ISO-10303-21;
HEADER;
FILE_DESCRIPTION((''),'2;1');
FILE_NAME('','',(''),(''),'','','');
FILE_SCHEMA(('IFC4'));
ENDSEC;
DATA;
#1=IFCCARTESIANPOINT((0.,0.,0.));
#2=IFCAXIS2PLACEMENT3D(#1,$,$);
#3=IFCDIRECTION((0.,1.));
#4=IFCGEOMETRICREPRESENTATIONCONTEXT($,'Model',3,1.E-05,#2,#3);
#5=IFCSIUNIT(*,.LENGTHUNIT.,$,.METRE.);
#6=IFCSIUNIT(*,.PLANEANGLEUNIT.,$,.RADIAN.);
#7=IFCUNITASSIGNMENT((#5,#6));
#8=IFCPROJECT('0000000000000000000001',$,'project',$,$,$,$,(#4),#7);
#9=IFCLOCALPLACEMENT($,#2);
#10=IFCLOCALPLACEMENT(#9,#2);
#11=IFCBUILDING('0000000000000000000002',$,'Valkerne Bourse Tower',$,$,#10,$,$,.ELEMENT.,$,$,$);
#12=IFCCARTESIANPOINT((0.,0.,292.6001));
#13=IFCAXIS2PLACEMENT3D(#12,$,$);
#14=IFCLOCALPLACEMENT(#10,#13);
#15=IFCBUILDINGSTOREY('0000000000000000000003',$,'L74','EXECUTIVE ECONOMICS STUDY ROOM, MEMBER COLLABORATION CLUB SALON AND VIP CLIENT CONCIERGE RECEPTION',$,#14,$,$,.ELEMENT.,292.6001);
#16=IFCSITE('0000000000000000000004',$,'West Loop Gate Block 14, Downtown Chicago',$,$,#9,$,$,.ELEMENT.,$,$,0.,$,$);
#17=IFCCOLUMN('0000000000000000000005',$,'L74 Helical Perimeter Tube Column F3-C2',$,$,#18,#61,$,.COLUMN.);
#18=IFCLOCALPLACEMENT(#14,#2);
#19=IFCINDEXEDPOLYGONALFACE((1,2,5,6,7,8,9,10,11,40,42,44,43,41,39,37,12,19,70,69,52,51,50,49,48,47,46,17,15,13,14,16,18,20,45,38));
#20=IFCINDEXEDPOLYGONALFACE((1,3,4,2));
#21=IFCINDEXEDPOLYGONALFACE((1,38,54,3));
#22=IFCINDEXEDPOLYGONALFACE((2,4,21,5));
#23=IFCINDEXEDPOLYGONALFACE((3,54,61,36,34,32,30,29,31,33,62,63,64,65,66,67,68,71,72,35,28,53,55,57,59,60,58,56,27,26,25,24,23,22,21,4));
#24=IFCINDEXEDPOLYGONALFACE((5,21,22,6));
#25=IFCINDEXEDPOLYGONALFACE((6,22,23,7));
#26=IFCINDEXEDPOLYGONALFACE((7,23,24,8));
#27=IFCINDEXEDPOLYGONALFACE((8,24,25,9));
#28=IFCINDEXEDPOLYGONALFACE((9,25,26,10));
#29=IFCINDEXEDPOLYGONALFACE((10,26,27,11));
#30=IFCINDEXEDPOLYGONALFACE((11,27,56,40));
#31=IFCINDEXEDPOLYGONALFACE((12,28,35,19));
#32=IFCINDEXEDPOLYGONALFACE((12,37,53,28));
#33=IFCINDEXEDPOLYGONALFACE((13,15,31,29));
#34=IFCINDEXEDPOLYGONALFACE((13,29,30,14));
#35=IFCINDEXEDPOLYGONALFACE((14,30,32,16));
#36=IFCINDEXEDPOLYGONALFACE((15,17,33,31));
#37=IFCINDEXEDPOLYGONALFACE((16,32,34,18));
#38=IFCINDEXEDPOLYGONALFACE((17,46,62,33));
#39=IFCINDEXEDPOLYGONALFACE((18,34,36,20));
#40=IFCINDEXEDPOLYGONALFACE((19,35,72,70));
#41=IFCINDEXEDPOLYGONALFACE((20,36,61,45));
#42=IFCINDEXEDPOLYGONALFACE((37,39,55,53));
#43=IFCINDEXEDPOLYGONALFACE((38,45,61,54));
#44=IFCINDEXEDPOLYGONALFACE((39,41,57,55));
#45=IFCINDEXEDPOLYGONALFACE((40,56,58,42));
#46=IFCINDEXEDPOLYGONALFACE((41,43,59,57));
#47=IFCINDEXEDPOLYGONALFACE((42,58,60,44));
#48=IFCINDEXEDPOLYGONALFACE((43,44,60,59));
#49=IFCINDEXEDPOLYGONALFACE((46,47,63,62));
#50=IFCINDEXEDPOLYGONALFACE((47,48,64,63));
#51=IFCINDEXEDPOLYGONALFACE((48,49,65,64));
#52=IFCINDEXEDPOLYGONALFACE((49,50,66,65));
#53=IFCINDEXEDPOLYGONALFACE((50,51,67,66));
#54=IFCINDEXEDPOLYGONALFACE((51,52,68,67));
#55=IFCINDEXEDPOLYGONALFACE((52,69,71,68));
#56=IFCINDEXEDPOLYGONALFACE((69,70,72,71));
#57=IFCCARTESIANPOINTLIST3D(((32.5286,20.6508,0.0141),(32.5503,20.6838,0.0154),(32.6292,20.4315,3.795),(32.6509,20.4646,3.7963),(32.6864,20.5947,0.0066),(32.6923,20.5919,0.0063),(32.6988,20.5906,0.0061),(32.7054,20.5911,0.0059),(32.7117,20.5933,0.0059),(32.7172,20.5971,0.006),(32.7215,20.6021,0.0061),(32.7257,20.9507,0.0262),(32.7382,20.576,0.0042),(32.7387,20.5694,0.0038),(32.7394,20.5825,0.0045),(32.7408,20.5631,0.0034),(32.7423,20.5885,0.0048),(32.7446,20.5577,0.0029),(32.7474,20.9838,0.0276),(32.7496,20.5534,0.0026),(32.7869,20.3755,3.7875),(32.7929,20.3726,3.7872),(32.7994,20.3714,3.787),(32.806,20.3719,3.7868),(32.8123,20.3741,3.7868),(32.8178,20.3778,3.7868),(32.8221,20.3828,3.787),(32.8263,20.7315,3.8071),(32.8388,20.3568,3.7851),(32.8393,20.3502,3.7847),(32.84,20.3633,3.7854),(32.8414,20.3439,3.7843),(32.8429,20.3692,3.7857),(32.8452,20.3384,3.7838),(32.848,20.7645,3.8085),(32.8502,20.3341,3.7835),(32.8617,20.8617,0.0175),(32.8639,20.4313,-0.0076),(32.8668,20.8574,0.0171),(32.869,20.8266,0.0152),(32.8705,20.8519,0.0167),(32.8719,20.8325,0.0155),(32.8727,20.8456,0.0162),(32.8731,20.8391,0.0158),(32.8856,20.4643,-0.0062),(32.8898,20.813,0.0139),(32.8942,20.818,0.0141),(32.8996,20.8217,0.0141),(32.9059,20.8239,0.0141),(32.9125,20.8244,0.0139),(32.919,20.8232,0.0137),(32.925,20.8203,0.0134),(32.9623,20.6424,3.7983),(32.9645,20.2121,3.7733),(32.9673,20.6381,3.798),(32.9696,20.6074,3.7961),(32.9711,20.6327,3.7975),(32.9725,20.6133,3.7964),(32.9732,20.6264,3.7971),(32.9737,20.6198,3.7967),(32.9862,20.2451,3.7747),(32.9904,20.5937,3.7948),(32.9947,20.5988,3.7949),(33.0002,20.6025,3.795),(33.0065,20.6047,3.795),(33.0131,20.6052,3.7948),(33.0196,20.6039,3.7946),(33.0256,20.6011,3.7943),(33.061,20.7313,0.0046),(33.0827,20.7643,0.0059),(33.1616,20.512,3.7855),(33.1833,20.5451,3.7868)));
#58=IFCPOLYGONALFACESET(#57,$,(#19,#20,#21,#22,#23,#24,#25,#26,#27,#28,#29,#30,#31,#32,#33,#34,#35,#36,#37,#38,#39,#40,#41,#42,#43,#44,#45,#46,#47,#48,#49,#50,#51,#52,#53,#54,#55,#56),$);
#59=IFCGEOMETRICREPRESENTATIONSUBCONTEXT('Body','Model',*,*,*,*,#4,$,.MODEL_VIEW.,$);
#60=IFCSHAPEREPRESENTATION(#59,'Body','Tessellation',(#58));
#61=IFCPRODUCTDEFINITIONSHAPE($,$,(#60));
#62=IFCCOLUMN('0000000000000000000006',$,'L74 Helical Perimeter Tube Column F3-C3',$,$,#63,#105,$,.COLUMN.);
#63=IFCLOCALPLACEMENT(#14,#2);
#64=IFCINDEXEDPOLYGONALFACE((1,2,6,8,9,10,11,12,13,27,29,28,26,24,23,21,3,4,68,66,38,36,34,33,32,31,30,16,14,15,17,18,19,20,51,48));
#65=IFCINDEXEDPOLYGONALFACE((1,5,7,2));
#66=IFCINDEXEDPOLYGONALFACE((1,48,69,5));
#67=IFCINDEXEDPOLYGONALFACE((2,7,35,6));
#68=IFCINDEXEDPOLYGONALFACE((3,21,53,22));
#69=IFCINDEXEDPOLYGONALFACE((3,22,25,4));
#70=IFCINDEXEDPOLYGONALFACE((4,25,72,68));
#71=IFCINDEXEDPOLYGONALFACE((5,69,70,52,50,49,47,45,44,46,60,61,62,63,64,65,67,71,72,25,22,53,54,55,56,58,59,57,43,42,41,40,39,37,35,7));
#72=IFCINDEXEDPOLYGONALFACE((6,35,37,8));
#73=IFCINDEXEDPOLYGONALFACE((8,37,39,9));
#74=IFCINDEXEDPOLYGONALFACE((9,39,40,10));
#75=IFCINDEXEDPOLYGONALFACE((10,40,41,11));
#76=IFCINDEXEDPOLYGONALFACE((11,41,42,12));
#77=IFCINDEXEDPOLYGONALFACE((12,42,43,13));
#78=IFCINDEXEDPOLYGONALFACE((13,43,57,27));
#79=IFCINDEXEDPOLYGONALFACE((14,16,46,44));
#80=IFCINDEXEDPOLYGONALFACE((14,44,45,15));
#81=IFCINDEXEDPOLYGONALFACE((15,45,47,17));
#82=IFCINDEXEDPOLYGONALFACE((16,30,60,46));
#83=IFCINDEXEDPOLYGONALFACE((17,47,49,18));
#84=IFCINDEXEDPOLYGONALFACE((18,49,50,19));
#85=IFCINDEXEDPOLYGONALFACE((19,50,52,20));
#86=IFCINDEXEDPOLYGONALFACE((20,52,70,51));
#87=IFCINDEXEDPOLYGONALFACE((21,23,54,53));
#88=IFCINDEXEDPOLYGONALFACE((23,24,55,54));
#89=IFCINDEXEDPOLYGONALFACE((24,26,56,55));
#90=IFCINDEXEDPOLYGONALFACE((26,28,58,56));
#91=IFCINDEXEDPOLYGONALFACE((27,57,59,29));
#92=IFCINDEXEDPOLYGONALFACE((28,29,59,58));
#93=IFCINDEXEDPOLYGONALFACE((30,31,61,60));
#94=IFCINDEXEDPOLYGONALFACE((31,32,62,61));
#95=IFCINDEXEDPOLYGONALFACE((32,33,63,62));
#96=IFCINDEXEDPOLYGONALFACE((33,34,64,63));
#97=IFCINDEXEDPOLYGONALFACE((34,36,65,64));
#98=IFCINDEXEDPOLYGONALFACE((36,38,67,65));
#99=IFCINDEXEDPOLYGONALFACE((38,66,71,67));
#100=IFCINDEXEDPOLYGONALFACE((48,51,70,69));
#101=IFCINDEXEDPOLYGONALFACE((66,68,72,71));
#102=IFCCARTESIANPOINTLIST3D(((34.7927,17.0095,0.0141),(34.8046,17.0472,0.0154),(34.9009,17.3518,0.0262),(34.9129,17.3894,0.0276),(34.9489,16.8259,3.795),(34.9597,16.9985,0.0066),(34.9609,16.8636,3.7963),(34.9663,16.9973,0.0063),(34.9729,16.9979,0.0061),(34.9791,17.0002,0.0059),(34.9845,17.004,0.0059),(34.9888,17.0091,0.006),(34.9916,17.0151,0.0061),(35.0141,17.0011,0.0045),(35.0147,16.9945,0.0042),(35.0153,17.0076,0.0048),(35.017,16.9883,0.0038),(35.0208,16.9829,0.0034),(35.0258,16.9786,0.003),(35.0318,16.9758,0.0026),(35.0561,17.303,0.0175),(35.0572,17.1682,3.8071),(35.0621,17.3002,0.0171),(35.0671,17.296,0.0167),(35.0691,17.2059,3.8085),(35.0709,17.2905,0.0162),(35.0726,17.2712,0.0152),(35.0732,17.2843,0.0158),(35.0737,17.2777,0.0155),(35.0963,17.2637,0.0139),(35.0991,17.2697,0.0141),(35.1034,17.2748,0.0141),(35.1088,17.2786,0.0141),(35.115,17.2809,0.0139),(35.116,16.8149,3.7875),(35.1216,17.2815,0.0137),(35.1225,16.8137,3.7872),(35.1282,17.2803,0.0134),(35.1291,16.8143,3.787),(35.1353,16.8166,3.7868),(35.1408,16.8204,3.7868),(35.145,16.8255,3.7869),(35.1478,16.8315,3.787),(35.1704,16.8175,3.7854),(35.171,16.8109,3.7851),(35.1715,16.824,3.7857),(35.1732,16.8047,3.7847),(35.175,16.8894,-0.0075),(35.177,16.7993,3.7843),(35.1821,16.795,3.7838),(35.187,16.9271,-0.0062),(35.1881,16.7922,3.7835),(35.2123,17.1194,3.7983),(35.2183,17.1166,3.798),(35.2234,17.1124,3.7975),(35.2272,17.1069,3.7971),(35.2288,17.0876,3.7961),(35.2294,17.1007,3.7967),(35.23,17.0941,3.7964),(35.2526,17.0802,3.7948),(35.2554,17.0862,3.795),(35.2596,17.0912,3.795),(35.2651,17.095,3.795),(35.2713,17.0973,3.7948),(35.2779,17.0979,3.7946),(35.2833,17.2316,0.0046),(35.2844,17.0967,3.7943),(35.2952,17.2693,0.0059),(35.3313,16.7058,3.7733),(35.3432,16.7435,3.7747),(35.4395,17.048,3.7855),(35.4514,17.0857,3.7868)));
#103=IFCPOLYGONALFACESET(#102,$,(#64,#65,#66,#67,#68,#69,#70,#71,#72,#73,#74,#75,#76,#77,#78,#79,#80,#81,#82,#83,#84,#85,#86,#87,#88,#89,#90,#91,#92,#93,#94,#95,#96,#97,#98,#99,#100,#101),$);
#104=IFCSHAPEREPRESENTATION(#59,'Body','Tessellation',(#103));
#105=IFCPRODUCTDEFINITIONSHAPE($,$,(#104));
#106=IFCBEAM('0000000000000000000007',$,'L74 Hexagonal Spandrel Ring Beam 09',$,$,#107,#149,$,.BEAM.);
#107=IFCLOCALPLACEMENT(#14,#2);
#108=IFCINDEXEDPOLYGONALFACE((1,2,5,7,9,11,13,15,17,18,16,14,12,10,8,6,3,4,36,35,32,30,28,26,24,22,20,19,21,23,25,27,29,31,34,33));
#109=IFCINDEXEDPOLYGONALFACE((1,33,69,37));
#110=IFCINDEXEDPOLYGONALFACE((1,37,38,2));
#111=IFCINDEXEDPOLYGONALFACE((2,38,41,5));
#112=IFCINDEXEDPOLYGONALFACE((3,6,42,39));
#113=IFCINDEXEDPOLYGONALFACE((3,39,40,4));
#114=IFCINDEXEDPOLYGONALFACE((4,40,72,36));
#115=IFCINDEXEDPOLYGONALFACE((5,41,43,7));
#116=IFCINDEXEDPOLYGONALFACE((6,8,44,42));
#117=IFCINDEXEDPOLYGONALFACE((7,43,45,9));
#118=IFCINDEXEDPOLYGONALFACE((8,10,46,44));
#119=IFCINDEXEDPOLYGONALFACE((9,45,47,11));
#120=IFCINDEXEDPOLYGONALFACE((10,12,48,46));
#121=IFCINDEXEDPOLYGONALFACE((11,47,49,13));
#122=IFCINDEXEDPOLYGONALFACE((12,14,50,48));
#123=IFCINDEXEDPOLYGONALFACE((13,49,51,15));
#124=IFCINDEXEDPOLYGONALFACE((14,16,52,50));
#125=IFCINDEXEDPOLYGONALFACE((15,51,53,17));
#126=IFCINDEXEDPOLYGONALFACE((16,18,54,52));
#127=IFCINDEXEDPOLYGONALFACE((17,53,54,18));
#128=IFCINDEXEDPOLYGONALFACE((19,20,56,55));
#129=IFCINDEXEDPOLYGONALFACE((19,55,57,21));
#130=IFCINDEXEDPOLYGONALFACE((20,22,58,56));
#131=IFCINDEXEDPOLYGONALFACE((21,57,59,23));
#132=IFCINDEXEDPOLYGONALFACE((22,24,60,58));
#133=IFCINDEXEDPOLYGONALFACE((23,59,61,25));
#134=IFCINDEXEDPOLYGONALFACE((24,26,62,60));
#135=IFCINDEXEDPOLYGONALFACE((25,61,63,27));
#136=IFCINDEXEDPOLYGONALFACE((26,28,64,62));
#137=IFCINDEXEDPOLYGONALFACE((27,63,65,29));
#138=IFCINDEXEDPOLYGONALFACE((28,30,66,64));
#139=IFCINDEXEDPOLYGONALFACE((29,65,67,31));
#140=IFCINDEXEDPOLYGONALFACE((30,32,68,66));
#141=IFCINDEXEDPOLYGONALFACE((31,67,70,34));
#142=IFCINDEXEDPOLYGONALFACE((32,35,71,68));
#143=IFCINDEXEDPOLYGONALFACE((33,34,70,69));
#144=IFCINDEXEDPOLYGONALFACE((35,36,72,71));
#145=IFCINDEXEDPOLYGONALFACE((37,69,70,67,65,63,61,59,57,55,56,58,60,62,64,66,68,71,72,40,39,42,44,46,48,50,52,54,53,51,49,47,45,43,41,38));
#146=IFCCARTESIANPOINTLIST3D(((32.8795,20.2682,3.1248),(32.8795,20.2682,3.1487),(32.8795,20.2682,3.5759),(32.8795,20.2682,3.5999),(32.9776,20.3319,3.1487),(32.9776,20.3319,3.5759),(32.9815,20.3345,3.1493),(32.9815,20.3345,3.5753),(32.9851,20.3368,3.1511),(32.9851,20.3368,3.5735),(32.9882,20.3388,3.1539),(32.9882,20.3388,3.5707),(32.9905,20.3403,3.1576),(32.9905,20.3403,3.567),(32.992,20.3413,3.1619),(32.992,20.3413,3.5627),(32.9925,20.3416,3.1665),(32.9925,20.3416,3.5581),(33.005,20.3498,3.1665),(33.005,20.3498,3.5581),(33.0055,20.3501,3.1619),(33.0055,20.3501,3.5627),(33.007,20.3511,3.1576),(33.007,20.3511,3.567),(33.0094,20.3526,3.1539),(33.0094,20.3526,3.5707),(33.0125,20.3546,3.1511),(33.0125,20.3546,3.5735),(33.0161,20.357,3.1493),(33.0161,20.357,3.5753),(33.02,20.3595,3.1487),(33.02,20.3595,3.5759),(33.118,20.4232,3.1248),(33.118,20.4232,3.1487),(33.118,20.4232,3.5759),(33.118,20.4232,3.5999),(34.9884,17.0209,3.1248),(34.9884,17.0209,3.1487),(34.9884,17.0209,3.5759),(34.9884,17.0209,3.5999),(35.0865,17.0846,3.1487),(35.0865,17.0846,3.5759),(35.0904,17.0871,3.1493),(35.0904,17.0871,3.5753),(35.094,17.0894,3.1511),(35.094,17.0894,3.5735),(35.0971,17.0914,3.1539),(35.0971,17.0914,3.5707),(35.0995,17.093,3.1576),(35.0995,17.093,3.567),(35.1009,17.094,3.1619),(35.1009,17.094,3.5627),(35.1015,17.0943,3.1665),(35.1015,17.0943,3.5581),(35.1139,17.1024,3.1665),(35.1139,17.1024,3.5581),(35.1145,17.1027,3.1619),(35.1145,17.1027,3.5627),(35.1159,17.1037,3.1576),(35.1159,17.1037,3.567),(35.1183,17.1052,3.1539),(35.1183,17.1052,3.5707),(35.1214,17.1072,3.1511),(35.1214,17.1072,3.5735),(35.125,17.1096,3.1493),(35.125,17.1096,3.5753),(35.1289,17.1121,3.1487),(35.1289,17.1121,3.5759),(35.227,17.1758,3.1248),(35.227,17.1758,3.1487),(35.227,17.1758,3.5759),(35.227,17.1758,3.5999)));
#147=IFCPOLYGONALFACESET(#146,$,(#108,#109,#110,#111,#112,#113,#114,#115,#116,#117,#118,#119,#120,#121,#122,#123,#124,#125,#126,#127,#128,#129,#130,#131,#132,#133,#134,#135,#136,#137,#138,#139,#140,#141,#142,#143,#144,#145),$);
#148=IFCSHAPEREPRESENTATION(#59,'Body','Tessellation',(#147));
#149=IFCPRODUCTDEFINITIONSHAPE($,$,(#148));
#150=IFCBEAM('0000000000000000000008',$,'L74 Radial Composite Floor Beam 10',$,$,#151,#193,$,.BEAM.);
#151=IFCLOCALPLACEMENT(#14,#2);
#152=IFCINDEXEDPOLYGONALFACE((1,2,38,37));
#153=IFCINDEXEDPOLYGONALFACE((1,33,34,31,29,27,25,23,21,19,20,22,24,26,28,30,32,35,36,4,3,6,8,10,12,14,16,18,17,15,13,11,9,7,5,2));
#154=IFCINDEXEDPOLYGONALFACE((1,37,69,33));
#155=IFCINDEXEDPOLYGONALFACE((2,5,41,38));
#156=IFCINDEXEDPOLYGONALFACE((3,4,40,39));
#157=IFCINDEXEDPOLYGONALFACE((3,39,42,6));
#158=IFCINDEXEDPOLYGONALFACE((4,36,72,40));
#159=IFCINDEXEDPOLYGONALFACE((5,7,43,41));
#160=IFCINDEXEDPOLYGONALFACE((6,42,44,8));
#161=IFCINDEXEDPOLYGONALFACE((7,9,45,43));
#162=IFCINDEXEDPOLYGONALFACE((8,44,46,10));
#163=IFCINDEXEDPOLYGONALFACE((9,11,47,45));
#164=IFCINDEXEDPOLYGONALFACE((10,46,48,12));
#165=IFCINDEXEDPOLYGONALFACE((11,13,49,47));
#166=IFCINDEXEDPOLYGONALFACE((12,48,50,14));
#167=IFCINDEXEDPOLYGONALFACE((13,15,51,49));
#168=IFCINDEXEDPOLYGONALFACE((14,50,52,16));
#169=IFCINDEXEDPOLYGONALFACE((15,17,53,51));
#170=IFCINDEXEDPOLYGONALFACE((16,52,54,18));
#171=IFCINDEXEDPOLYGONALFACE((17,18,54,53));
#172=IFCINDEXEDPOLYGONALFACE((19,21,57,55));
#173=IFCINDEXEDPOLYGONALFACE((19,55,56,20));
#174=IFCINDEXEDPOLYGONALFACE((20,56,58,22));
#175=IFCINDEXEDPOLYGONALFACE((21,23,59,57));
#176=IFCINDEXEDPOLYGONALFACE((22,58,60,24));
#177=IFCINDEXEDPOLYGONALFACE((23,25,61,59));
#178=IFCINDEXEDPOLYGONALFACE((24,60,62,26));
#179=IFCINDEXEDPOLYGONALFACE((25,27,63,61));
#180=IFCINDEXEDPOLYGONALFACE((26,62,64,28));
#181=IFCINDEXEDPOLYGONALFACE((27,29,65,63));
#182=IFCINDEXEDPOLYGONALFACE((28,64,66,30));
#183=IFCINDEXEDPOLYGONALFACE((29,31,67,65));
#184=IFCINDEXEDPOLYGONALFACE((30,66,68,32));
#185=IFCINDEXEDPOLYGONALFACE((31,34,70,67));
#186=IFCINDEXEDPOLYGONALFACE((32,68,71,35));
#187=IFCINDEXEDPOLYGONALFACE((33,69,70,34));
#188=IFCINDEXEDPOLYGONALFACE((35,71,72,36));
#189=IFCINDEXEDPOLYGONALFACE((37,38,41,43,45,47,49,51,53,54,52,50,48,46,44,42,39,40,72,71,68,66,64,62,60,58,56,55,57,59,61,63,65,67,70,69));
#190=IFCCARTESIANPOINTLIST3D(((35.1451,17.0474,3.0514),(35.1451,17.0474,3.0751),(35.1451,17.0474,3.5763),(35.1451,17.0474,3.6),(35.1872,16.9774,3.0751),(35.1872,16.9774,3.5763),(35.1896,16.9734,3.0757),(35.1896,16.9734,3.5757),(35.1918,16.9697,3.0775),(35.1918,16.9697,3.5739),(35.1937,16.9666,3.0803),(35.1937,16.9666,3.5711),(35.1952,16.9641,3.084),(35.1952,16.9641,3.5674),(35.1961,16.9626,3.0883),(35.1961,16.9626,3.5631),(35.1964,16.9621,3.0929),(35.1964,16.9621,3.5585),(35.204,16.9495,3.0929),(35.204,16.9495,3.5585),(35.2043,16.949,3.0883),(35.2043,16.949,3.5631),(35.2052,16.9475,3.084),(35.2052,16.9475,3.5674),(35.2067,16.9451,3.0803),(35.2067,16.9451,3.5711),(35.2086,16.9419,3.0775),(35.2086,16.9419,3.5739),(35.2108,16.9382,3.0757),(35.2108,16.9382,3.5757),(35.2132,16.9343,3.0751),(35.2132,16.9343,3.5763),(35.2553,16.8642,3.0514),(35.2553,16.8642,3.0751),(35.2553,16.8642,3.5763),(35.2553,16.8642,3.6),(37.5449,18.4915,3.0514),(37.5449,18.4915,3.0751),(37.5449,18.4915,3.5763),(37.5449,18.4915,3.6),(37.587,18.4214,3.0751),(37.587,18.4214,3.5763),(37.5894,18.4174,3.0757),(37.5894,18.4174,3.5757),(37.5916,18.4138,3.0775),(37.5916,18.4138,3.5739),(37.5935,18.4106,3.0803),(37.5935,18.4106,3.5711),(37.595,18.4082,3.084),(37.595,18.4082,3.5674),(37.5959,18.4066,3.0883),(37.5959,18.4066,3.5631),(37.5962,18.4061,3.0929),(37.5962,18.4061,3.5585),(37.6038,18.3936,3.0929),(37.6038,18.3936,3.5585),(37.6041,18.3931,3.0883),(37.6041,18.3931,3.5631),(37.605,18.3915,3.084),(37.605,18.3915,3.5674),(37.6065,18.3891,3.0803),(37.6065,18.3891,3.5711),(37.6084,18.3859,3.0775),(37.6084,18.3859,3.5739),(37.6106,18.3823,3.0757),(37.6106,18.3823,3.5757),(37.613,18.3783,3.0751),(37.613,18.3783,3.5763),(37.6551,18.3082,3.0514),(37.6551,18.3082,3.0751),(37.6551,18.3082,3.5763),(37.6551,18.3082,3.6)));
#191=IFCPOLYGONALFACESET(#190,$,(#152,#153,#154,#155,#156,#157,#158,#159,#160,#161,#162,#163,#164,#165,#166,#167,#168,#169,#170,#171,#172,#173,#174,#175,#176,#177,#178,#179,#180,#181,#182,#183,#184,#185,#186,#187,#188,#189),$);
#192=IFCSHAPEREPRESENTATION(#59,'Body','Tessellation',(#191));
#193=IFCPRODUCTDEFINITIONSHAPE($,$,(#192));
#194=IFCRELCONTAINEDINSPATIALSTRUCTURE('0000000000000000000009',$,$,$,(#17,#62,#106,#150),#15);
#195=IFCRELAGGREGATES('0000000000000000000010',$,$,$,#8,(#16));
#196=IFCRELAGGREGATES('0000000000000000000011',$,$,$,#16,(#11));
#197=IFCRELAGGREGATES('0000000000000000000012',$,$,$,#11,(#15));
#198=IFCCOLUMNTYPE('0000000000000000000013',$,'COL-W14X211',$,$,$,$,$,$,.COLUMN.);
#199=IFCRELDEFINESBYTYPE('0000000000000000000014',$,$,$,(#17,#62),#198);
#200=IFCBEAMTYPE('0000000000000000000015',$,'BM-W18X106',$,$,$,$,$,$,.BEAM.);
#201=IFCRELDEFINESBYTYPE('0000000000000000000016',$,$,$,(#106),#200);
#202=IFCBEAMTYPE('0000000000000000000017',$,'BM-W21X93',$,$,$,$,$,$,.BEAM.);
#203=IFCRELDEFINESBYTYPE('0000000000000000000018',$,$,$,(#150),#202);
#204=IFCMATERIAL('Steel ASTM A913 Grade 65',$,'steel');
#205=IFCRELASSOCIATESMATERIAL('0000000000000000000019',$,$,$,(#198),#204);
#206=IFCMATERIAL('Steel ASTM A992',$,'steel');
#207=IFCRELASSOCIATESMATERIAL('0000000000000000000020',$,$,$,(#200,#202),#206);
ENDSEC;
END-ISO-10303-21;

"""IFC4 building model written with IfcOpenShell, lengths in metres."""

from ifc_helpers import new_model, si_unit, direction, frame, origin, origin_2d, place, context, subcontext, project, spatial, i_section, extrude, material, material_profile, profile_set, type_object, element, save


model = new_model("IFC4")

# Units and contexts
model_context = context("Model", 3, precision=1e-05, world=origin(), true_north=direction((0.0, 1.0)))
body_context = subcontext(model_context, "Body", "Model", "MODEL_VIEW")
ifc_project = project(units=[si_unit("LENGTHUNIT", "METRE"), si_unit("PLANEANGLEUNIT", "RADIAN")], contexts=[model_context])

# Site, building, storey
site_placement = place(None, origin())
site = spatial("IfcSite", under=ifc_project, at=site_placement, Name="West Loop Gate Block 14, Downtown Chicago", CompositionType="ELEMENT", RefElevation=0.0)
building_placement = place(site_placement, origin())
building = spatial("IfcBuilding", under=site, at=building_placement, Name="Valkerne Bourse Tower", CompositionType="ELEMENT")
storey_placement = place(building_placement, frame((0.0, 0.0, 292.6001)))
storey = spatial("IfcBuildingStorey", under=building, at=storey_placement, Name="L74", Description="EXECUTIVE ECONOMICS STUDY ROOM, MEMBER COLLABORATION CLUB SALON AND VIP CLIENT CONCIERGE RECEPTION", CompositionType="ELEMENT", Elevation=292.6001)

# Columns
ifc_material_1 = material(Name="Steel ASTM A913 Grade 65", Category="steel")
ifc_material_profile_1 = material_profile(ifc_material_1, i_section(OverallWidth=0.4014, OverallDepth=0.3987, WebThickness=0.0249, FlangeThickness=0.0396, FilletRadius=0.0254, at=origin_2d()), Name="W14X211")
ifc_profile_set_1 = profile_set([ifc_material_profile_1], Name="Steel ASTM A913 Grade 65")
column_type = type_object("IfcColumnType", Name="COL-W14X211", PredefinedType="COLUMN", material=ifc_profile_set_1)
for number, where, z_axis, x_axis, name in (
    (1, (32.8057, 20.7075, 0.01), (0.026549, -0.057866, 0.997971), (0.835527, -0.546796, -0.053933), "L74 Helical Perimeter Tube Column F3-C2"),
    (2, (35.0439, 17.1394, 0.01), (0.041241, -0.048458, 0.997973), (0.952604, -0.2994, -0.053904), "L74 Helical Perimeter Tube Column F3-C3"),
):
    element("IfcColumn", number, at=place(storey_placement, frame(where, z_axis=z_axis, x_axis=x_axis)), inside=storey, type_object=column_type, Name=name, PredefinedType="COLUMN", context=body_context, shape_type="SweptSolid", body=[
        extrude(i_section(OverallWidth=0.4014, OverallDepth=0.3987, WebThickness=0.0249, FlangeThickness=0.0396, FilletRadius=0.0254, at=origin_2d()), origin(), (0.0, 0.0, 1.0), 3.7886),
    ])

# Beams
ifc_material_2 = material(Name="Steel ASTM A992", Category="steel")
ifc_material_profile_2 = material_profile(ifc_material_2, i_section(OverallWidth=0.2844, OverallDepth=0.4751, WebThickness=0.0149, FlangeThickness=0.0239, FilletRadius=0.0178, at=origin_2d()), Name="W18X106")
ifc_profile_set_2 = profile_set([ifc_material_profile_2], Name="Steel ASTM A992")
beam_type_1 = type_object("IfcBeamType", Name="BM-W18X106", PredefinedType="BEAM", material=ifc_profile_set_2)
beam_1_placement = place(storey_placement, frame((32.9988, 20.3457, 3.3623), z_axis=(0.544649, -0.838664, 0.0), x_axis=(0.838664, 0.544649, 0.0)))
element("IfcBeam", 3, at=beam_1_placement, inside=storey, type_object=beam_type_1, Name="L74 Hexagonal Spandrel Ring Beam 09", PredefinedType="BEAM", context=body_context, shape_type="SweptSolid", body=[
    extrude(i_section(OverallWidth=0.2844, OverallDepth=0.4751, WebThickness=0.0149, FlangeThickness=0.0239, FilletRadius=0.0178, at=origin_2d()), origin(), (0.0, 0.0, 1.0), 3.8721),
])
ifc_material_profile_3 = material_profile(ifc_material_2, i_section(OverallWidth=0.2139, OverallDepth=0.5486, WebThickness=0.0146, FlangeThickness=0.0237, FilletRadius=0.0178, at=origin_2d()), Name="W21X93")
ifc_profile_set_3 = profile_set([ifc_material_profile_3], Name="Steel ASTM A992")
beam_type_2 = type_object("IfcBeamType", Name="BM-W21X93", PredefinedType="BEAM", material=ifc_profile_set_3)
beam_2_placement = place(storey_placement, frame((35.2002, 16.9558, 3.3257), z_axis=(0.856838, 0.515585, 0.0), x_axis=(-0.515585, 0.856838, 0.0)))
element("IfcBeam", 4, at=beam_2_placement, inside=storey, type_object=beam_type_2, Name="L74 Radial Composite Floor Beam 10", PredefinedType="BEAM", context=body_context, shape_type="SweptSolid", body=[
    extrude(i_section(OverallWidth=0.2139, OverallDepth=0.5486, WebThickness=0.0146, FlangeThickness=0.0237, FilletRadius=0.0178, at=origin_2d()), origin(), (0.0, 0.0, 1.0), 2.8008),
])

save(model, "model.ifc")
